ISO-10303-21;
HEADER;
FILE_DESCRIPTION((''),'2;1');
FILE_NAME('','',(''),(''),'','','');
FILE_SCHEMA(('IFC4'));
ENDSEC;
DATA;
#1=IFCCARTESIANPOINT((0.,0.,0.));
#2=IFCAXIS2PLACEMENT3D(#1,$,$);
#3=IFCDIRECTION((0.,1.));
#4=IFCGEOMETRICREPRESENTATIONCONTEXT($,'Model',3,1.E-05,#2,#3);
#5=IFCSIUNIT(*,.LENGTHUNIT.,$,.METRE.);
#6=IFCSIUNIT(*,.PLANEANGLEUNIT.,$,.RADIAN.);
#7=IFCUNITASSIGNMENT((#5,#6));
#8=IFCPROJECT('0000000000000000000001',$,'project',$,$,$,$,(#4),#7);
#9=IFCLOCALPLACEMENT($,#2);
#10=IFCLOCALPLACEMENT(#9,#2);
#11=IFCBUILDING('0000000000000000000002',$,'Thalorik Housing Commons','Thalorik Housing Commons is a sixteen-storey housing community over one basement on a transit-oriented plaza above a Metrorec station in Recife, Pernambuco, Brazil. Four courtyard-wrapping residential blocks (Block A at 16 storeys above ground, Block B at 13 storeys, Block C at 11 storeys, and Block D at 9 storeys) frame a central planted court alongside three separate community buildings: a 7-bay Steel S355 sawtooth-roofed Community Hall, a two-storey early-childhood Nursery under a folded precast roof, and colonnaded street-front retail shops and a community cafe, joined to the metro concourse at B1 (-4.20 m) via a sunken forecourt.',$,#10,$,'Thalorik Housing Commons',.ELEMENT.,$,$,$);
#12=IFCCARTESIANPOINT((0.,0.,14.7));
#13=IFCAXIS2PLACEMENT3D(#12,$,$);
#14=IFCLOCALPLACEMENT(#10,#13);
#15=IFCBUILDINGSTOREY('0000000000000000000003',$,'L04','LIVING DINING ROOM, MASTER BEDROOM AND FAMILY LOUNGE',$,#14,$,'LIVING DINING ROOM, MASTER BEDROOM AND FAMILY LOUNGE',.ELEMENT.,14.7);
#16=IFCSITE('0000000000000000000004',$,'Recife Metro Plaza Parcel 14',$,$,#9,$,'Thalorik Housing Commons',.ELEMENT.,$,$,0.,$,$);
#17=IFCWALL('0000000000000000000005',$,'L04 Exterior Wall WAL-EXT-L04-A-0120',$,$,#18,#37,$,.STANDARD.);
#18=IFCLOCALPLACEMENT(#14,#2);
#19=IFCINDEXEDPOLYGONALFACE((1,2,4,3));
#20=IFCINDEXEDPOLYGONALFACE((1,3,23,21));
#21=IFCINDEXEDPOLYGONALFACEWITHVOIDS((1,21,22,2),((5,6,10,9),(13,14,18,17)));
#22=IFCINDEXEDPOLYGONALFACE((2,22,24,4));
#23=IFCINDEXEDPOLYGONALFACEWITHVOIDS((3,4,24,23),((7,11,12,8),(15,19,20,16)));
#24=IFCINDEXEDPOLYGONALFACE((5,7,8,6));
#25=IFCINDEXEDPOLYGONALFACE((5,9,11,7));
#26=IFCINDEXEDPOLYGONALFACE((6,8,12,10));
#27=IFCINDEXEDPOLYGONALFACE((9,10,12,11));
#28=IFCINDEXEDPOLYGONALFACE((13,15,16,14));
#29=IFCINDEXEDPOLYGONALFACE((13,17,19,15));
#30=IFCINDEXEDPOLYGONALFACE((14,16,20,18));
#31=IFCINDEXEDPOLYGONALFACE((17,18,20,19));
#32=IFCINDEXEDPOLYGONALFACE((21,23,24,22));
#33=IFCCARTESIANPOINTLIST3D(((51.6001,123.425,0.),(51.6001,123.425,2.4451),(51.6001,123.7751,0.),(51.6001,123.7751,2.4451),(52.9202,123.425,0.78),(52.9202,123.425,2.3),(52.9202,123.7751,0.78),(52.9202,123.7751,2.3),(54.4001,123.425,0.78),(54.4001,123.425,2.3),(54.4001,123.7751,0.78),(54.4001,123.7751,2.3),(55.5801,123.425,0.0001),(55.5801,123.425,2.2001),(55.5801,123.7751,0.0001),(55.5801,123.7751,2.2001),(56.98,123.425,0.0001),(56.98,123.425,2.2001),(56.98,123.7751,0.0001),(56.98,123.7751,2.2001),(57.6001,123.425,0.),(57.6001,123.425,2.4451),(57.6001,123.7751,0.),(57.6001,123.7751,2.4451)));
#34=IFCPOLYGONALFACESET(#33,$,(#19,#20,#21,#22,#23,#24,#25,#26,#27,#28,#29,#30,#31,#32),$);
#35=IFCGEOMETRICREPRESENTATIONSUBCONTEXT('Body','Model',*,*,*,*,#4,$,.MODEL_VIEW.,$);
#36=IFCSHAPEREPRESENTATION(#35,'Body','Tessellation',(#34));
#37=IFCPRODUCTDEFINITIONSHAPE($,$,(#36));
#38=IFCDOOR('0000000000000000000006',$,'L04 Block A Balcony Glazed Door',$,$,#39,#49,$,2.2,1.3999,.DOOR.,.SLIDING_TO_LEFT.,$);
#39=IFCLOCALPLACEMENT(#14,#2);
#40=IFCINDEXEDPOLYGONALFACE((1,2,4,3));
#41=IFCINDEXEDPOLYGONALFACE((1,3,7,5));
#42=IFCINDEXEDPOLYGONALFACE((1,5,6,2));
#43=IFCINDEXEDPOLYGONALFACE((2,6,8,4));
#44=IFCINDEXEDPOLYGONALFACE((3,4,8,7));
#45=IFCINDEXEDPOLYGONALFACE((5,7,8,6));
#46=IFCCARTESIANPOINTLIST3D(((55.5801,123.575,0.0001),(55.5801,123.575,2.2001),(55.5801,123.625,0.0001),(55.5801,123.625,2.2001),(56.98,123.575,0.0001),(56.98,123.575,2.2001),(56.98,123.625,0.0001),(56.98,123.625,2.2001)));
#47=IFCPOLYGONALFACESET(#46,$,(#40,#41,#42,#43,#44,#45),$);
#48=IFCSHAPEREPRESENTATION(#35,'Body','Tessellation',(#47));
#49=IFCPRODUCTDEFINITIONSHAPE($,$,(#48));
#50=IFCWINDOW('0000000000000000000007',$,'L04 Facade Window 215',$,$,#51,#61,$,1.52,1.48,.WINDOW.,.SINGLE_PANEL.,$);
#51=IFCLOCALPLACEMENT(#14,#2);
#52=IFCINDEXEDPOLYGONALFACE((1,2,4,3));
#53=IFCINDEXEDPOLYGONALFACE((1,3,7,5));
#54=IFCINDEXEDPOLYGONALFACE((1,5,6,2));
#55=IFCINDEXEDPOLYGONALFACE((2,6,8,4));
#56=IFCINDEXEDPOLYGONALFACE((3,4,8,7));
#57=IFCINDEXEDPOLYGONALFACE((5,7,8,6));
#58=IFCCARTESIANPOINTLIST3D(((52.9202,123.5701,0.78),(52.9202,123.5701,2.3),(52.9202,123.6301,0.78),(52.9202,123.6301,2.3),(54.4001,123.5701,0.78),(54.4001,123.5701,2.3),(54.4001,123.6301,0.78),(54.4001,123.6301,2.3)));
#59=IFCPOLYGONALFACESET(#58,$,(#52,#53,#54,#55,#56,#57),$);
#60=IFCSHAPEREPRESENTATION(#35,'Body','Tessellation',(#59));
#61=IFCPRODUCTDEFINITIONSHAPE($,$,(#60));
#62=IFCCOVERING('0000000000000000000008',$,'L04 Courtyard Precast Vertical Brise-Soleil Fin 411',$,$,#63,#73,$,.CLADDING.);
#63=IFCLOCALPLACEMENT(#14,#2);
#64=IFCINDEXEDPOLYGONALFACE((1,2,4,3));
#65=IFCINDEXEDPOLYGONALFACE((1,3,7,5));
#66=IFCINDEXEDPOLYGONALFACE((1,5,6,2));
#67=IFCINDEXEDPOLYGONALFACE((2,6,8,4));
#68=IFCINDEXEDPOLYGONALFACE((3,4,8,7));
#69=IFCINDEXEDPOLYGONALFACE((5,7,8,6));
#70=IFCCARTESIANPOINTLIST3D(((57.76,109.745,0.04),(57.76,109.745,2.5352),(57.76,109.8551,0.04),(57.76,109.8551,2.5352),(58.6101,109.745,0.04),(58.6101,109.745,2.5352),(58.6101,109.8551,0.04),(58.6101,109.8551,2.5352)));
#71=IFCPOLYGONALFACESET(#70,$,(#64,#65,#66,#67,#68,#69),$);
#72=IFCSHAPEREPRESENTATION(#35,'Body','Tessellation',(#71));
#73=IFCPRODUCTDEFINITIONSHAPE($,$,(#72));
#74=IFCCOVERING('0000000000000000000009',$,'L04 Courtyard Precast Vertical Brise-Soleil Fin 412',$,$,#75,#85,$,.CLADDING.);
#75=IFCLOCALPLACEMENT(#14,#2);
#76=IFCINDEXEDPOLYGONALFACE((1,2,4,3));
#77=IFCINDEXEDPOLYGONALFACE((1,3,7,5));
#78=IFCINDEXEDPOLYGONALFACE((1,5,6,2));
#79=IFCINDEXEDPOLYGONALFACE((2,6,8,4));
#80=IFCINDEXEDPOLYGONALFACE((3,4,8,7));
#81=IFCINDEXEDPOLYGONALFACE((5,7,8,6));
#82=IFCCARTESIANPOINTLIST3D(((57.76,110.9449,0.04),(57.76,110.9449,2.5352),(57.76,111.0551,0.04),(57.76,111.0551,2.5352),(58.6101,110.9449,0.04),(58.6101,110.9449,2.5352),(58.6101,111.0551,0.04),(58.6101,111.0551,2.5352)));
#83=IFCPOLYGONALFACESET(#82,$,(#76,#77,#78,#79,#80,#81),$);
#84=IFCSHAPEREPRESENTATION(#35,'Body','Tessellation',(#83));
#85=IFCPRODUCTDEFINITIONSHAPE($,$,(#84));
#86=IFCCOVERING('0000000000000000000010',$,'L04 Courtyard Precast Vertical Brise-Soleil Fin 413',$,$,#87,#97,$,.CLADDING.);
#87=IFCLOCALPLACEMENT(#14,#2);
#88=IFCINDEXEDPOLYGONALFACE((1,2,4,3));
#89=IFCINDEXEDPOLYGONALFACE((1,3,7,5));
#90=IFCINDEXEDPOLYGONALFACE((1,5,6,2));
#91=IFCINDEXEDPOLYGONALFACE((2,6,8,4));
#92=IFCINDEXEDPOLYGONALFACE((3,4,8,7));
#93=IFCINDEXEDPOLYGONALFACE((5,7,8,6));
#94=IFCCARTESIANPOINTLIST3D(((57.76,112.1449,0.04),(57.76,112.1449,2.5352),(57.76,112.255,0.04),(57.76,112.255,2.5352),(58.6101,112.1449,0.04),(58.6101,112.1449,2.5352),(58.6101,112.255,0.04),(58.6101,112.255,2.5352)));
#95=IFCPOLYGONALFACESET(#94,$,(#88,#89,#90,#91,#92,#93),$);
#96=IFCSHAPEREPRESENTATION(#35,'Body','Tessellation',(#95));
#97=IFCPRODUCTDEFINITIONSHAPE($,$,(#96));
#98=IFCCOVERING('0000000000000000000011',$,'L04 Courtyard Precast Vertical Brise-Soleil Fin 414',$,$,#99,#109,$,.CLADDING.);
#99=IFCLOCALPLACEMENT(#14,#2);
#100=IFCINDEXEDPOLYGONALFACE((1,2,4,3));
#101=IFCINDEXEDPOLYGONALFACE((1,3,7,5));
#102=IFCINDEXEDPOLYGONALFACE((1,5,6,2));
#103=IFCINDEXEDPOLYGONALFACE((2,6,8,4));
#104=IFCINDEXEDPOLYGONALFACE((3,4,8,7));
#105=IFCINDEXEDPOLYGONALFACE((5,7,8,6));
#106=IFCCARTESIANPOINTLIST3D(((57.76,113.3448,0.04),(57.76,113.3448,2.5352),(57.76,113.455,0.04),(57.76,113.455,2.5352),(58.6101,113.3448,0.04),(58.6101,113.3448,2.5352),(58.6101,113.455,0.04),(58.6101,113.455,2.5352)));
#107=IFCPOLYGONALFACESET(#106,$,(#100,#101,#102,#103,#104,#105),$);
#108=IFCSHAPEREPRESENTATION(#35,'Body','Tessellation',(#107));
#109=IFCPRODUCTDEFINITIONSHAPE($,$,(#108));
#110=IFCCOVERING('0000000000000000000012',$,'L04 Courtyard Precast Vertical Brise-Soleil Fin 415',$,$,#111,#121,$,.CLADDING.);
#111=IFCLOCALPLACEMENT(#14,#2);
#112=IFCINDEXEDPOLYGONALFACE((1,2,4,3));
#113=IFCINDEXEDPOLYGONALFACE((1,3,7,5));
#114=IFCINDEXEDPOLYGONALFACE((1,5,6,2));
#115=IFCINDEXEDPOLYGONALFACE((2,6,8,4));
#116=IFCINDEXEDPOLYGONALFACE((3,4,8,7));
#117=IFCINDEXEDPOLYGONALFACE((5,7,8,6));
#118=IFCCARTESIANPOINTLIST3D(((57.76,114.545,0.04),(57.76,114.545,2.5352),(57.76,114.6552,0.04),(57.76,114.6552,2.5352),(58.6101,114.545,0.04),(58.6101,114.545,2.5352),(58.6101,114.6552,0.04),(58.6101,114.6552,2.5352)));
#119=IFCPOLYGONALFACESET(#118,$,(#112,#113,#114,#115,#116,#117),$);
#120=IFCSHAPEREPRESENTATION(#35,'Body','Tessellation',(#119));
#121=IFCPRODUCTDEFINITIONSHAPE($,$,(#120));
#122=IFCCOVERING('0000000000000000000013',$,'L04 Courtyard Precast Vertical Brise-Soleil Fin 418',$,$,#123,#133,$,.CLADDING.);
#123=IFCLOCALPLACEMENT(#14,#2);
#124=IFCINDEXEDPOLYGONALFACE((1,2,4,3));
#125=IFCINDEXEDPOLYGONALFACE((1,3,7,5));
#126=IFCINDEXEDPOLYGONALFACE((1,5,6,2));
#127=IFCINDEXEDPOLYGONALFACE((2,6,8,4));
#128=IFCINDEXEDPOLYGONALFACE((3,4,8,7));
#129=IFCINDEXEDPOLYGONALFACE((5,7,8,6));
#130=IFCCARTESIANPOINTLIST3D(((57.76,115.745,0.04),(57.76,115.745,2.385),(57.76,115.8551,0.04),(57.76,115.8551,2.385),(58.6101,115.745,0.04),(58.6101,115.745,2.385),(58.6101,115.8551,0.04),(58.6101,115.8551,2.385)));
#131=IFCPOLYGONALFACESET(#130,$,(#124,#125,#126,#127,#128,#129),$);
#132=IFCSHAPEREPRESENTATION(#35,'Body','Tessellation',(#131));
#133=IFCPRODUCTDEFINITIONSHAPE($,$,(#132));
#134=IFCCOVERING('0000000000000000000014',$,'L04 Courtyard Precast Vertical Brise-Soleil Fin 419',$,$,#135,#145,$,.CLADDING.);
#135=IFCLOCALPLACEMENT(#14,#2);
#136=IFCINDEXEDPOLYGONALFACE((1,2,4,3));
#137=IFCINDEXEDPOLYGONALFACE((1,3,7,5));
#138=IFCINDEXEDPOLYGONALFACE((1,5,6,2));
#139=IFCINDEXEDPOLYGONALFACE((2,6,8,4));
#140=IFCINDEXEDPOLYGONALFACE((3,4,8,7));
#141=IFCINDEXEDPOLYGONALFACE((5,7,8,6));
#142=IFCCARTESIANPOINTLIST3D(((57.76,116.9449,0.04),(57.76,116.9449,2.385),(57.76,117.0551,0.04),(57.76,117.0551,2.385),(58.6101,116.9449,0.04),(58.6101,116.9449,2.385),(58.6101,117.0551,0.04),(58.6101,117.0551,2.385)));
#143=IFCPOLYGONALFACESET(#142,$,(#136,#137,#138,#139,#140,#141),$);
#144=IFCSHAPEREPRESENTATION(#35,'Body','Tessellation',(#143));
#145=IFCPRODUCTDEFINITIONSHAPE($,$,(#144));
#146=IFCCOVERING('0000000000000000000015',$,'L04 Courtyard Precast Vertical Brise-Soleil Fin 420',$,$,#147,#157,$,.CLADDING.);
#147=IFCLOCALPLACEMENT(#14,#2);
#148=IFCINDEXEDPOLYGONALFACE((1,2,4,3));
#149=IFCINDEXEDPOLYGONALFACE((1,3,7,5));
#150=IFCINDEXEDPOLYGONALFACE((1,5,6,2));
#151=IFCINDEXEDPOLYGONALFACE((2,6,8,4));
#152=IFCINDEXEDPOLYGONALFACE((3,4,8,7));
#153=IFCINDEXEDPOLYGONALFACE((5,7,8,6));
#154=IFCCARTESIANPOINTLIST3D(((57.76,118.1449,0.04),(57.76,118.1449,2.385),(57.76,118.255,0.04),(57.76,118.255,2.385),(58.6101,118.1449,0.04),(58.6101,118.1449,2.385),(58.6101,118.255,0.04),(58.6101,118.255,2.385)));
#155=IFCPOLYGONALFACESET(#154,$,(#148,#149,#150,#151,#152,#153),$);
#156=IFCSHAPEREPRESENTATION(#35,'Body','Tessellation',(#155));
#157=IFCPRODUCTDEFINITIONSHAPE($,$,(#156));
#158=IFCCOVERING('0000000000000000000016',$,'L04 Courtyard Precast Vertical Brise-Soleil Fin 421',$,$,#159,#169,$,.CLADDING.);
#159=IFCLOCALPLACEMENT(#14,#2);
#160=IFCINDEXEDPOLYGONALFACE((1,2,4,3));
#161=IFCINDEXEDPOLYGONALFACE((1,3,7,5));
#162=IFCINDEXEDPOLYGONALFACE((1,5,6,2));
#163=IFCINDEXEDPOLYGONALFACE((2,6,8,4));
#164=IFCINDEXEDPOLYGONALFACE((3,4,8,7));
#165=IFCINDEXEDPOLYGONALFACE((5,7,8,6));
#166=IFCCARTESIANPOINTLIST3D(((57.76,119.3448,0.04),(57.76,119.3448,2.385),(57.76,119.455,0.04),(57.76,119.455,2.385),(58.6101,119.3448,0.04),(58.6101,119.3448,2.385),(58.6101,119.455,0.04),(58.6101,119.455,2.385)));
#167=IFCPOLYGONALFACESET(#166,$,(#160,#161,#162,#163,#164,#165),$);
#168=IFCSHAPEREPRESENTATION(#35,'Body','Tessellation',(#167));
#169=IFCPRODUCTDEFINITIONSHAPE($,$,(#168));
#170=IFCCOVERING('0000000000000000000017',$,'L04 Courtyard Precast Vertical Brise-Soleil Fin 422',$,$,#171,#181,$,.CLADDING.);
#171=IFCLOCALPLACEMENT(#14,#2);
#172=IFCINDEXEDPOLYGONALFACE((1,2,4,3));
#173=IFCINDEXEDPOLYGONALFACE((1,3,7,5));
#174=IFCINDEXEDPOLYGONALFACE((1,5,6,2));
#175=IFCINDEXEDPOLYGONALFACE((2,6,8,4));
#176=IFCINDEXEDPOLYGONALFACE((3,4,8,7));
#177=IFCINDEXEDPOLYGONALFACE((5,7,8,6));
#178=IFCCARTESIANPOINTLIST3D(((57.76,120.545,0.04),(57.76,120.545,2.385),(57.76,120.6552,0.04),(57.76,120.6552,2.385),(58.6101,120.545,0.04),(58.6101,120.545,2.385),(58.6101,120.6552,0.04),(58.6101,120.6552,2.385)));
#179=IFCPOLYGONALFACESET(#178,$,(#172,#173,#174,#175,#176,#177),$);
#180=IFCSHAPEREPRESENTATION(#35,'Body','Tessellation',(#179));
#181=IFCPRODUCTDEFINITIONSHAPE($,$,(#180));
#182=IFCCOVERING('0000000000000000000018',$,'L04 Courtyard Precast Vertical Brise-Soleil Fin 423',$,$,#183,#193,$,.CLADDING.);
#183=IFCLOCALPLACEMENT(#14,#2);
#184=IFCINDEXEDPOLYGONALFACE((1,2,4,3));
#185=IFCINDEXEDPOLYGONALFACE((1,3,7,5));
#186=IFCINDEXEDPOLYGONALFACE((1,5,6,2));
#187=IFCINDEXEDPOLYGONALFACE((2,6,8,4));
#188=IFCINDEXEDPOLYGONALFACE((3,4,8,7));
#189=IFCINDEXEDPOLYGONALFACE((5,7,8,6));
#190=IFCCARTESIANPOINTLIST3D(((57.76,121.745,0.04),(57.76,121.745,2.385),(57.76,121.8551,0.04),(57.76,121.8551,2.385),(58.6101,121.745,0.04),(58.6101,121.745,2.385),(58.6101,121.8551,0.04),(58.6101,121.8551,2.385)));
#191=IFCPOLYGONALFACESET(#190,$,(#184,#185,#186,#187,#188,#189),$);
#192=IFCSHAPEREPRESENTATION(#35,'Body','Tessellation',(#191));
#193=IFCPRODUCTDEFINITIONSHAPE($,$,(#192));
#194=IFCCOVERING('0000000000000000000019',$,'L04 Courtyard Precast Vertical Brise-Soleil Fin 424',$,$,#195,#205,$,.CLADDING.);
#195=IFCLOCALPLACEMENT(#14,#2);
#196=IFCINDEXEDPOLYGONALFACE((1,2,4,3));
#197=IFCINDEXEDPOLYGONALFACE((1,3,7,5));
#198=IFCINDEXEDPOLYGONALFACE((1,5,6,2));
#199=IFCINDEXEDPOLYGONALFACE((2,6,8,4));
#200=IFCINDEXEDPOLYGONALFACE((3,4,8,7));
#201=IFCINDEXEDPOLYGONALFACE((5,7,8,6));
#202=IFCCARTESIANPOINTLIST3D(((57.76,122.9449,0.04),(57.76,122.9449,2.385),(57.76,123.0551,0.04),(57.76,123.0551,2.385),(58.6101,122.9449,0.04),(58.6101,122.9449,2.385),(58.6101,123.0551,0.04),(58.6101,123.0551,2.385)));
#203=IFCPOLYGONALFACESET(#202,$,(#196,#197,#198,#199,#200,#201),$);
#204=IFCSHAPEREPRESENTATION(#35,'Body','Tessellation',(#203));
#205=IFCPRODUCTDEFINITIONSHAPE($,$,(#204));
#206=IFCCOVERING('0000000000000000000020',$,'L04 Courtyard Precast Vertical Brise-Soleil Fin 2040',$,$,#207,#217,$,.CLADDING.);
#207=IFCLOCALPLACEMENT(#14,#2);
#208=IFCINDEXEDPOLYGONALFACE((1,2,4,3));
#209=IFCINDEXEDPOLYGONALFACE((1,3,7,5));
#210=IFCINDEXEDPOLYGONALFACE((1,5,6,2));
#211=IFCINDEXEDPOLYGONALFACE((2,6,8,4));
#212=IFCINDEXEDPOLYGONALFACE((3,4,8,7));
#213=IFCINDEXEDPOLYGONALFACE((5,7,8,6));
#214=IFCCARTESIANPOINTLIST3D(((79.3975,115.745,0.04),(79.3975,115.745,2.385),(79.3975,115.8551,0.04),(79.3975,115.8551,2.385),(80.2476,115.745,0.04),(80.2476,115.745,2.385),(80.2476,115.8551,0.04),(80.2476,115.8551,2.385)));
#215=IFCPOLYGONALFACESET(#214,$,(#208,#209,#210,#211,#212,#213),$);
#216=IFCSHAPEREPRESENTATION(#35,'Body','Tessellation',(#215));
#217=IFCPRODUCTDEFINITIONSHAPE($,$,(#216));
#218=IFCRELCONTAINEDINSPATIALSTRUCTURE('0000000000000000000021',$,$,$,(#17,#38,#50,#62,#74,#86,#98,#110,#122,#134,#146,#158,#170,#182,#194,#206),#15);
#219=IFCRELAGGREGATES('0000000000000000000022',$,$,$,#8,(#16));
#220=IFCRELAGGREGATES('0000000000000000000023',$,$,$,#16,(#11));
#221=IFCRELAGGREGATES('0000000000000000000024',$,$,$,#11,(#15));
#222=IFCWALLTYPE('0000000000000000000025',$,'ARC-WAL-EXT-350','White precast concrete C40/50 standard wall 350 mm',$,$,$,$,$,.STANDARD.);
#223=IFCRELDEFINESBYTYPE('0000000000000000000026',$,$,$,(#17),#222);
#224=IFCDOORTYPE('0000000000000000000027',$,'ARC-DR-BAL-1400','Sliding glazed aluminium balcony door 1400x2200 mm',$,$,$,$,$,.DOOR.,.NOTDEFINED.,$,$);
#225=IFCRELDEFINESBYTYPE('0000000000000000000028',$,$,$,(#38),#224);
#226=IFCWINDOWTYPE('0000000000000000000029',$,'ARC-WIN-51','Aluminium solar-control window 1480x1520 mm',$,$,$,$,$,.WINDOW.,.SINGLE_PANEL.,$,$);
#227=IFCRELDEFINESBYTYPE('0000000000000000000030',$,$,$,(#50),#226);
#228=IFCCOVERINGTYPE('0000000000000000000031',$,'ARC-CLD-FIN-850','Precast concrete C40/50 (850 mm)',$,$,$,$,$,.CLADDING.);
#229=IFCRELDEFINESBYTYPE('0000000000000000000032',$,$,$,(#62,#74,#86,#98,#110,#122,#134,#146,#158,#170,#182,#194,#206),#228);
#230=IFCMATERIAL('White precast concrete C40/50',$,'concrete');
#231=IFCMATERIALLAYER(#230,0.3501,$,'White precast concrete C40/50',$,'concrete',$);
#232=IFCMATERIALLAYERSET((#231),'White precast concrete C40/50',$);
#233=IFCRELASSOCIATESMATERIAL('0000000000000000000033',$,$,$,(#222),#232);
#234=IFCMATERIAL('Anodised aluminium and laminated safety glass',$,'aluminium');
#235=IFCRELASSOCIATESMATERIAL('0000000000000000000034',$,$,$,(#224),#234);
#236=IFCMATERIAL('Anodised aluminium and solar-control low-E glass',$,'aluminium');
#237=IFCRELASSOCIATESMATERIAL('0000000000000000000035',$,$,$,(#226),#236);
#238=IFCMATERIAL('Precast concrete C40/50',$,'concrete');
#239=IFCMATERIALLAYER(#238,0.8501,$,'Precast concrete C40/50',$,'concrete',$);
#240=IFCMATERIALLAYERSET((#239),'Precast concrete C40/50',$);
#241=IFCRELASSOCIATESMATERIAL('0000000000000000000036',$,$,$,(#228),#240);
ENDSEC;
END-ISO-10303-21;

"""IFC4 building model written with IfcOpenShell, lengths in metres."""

from ifc_helpers import new_model, si_unit, direction, frame, frame_2d, origin, origin_2d, place, context, subcontext, project, spatial, rectangle, extrude, material, layer, layer_set, type_object, element, fill, save


model = new_model("IFC4")

# Units and contexts
model_context = context("Model", 3, precision=1e-05, world=origin(), true_north=direction((0.0, 1.0)))
body_context = subcontext(model_context, "Body", "Model", "MODEL_VIEW")
ifc_project = project(units=[si_unit("LENGTHUNIT", "METRE"), si_unit("PLANEANGLEUNIT", "RADIAN")], contexts=[model_context])

# Site, building, storey
site_placement = place(None, origin())
site = spatial("IfcSite", under=ifc_project, at=site_placement, Name="Recife Metro Plaza Parcel 14", LongName="Thalorik Housing Commons", CompositionType="ELEMENT", RefElevation=0.0)
building_placement = place(site_placement, origin())
building = spatial("IfcBuilding", under=site, at=building_placement, Name="Thalorik Housing Commons", Description="Thalorik Housing Commons is a sixteen-storey housing community over one basement on a transit-oriented plaza above a Metrorec station in Recife, Pernambuco, Brazil. Four courtyard-wrapping residential blocks (Block A at 16 storeys above ground, Block B at 13 storeys, Block C at 11 storeys, and Block D at 9 storeys) frame a central planted court alongside three separate community buildings: a 7-bay Steel S355 sawtooth-roofed Community Hall, a two-storey early-childhood Nursery under a folded precast roof, and colonnaded street-front retail shops and a community cafe, joined to the metro concourse at B1 (-4.20 m) via a sunken forecourt.", LongName="Thalorik Housing Commons", CompositionType="ELEMENT")
storey_placement = place(building_placement, frame((0.0, 0.0, 14.7)))
storey = spatial("IfcBuildingStorey", under=building, at=storey_placement, Name="L04", Description="LIVING DINING ROOM, MASTER BEDROOM AND FAMILY LOUNGE", LongName="LIVING DINING ROOM, MASTER BEDROOM AND FAMILY LOUNGE", CompositionType="ELEMENT", Elevation=14.7)

# Shared definitions
ifc_material_1 = material(Name="White precast concrete C40/50", Category="concrete")
ifc_layer_1 = layer(ifc_material_1, 0.3501, Name="White precast concrete C40/50", Category="concrete")
ifc_layer_set_1 = layer_set([ifc_layer_1], Name="White precast concrete C40/50")
wall_type = type_object("IfcWallType", Name="ARC-WAL-EXT-350", Description="White precast concrete C40/50 standard wall 350 mm", PredefinedType="STANDARD", material=ifc_layer_set_1)
ifc_material_2 = material(Name="Anodised aluminium and solar-control low-E glass", Category="aluminium")

# Wall, openings, door, window
wall_1_placement = place(storey_placement, frame((57.6001, 123.6001, 0.0), z_axis=(0.0, 0.0, 1.0), x_axis=(-1.0, 0.0, 0.0)))
wall_1 = element("IfcWall", 1, at=wall_1_placement, inside=storey, type_object=wall_type, Name="L04 Exterior Wall WAL-EXT-L04-A-0120", PredefinedType="STANDARD", context=body_context, shape_type="SweptSolid", body=[
    extrude(rectangle(XDim=6.0, YDim=0.3501, at=frame_2d((3.0, 0.0))), origin(), (0.0, 0.0, 1.0), 2.4451),
])
opening_1_placement = place(wall_1_placement, frame((0.6201, 0.0, 0.0)))
opening_1 = element("IfcOpeningElement", 2, at=opening_1_placement, cuts=wall_1, PredefinedType="OPENING", context=body_context, shape_type="SweptSolid", body=[
    extrude(rectangle(XDim=1.3999, YDim=2.2, at=frame_2d((0.7, 1.1001))), frame((0.0, 0.1851, 0.0), z_axis=(0.0, -1.0, 0.0), x_axis=(1.0, 0.0, 0.0)), (0.0, 0.0, 1.0), 0.3701),
])
opening_2_placement = place(wall_1_placement, frame((3.2, 0.0, 0.78)))
opening_2 = element("IfcOpeningElement", 3, at=opening_2_placement, cuts=wall_1, PredefinedType="OPENING", context=body_context, shape_type="SweptSolid", body=[
    extrude(rectangle(XDim=1.48, YDim=1.52, at=frame_2d((0.74, 0.76))), frame((0.0, 0.1851, 0.0), z_axis=(0.0, -1.0, 0.0), x_axis=(1.0, 0.0, 0.0)), (0.0, 0.0, 1.0), 0.3701),
])
ifc_material_3 = material(Name="Anodised aluminium and laminated safety glass", Category="aluminium")
door_type = type_object("IfcDoorType", Name="ARC-DR-BAL-1400", Description="Sliding glazed aluminium balcony door 1400x2200 mm", OperationType="NOTDEFINED", PredefinedType="DOOR", material=ifc_material_3)
door_placement = place(opening_1_placement, frame((1.3999, 0.0, 0.0), z_axis=(0.0, 0.0, 1.0), x_axis=(-1.0, 0.0, 0.0)))
door = element("IfcDoor", 4, at=door_placement, inside=storey, type_object=door_type, Name="L04 Block A Balcony Glazed Door", OperationType="SLIDING_TO_LEFT", OverallHeight=2.2, OverallWidth=1.3999, PredefinedType="DOOR", context=body_context, shape_type="SweptSolid", body=[
    extrude(rectangle(XDim=1.3999, YDim=2.2, at=frame_2d((0.7, 1.1001))), frame((0.0, 0.0249, 0.0), z_axis=(0.0, -1.0, 0.0), x_axis=(1.0, 0.0, 0.0)), (0.0, 0.0, 1.0), 0.05),
])
fill(opening_1, door)
window_type_1 = type_object("IfcWindowType", Name="ARC-WIN-51", Description="Aluminium solar-control window 1480x1520 mm", PartitioningType="SINGLE_PANEL", PredefinedType="WINDOW", material=ifc_material_2)
window_1_placement = place(opening_2_placement, origin())
window_1 = element("IfcWindow", 5, at=window_1_placement, inside=storey, type_object=window_type_1, Name="L04 Facade Window 215", OverallHeight=1.52, OverallWidth=1.48, PartitioningType="SINGLE_PANEL", PredefinedType="WINDOW", context=body_context, shape_type="SweptSolid", body=[
    extrude(rectangle(XDim=1.48, YDim=1.52, at=frame_2d((0.74, 0.76))), frame((0.0, 0.03, 0.0), z_axis=(0.0, -1.0, 0.0), x_axis=(1.0, 0.0, 0.0)), (0.0, 0.0, 1.0), 0.0601),
])
fill(opening_2, window_1)

# Coverings
ifc_material_4 = material(Name="Precast concrete C40/50", Category="concrete")
ifc_layer_2 = layer(ifc_material_4, 0.8501, Name="Precast concrete C40/50", Category="concrete")
ifc_layer_set_2 = layer_set([ifc_layer_2], Name="Precast concrete C40/50")
covering_type_1 = type_object("IfcCoveringType", Name="ARC-CLD-FIN-850", Description="Precast concrete C40/50 (850 mm)", PredefinedType="CLADDING", material=ifc_layer_set_2)
for number, where, z_axis, x_axis, name in (
    (6, (58.1851, 109.8, 0.04), (0.0, 0.0, 1.0), (0.0, 1.0, 0.0), "L04 Courtyard Precast Vertical Brise-Soleil Fin 411"),
    (7, (58.1851, 111.0, 0.04), (0.0, 0.0, 1.0), (0.0, 1.0, 0.0), "L04 Courtyard Precast Vertical Brise-Soleil Fin 412"),
    (8, (58.1851, 112.2, 0.04), (0.0, 0.0, 1.0), (0.0, 1.0, 0.0), "L04 Courtyard Precast Vertical Brise-Soleil Fin 413"),
    (9, (58.1851, 113.3999, 0.04), (0.0, 0.0, 1.0), (0.0, 1.0, 0.0), "L04 Courtyard Precast Vertical Brise-Soleil Fin 414"),
    (10, (58.1851, 114.6001, 0.04), (0.0, 0.0, 1.0), (0.0, 1.0, 0.0), "L04 Courtyard Precast Vertical Brise-Soleil Fin 415"),
):
    element("IfcCovering", number, at=place(storey_placement, frame(where, z_axis=z_axis, x_axis=x_axis)), inside=storey, type_object=covering_type_1, Name=name, PredefinedType="CLADDING", context=body_context, shape_type="SweptSolid", body=[
        extrude(rectangle(XDim=0.1101, YDim=0.8501, at=origin_2d()), origin(), (0.0, 0.0, 1.0), 2.4951),
    ])
for number, where, z_axis, x_axis, name in (
    (11, (58.1851, 115.8, 0.04), (0.0, 0.0, 1.0), (0.0, 1.0, 0.0), "L04 Courtyard Precast Vertical Brise-Soleil Fin 418"),
    (12, (58.1851, 117.0, 0.04), (0.0, 0.0, 1.0), (0.0, 1.0, 0.0), "L04 Courtyard Precast Vertical Brise-Soleil Fin 419"),
    (13, (58.1851, 118.2, 0.04), (0.0, 0.0, 1.0), (0.0, 1.0, 0.0), "L04 Courtyard Precast Vertical Brise-Soleil Fin 420"),
    (14, (58.1851, 119.3999, 0.04), (0.0, 0.0, 1.0), (0.0, 1.0, 0.0), "L04 Courtyard Precast Vertical Brise-Soleil Fin 421"),
    (15, (58.1851, 120.6001, 0.04), (0.0, 0.0, 1.0), (0.0, 1.0, 0.0), "L04 Courtyard Precast Vertical Brise-Soleil Fin 422"),
    (16, (58.1851, 121.8, 0.04), (0.0, 0.0, 1.0), (0.0, 1.0, 0.0), "L04 Courtyard Precast Vertical Brise-Soleil Fin 423"),
    (17, (58.1851, 123.0, 0.04), (0.0, 0.0, 1.0), (0.0, 1.0, 0.0), "L04 Courtyard Precast Vertical Brise-Soleil Fin 424"),
    (18, (79.8225, 115.8, 0.04), (0.0, 0.0, 1.0), (0.0, -1.0, 0.0), "L04 Courtyard Precast Vertical Brise-Soleil Fin 2040"),
):
    element("IfcCovering", number, at=place(storey_placement, frame(where, z_axis=z_axis, x_axis=x_axis)), inside=storey, type_object=covering_type_1, Name=name, PredefinedType="CLADDING", context=body_context, shape_type="SweptSolid", body=[
        extrude(rectangle(XDim=0.1101, YDim=0.8501, at=origin_2d()), origin(), (0.0, 0.0, 1.0), 2.345),
    ])

save(model, "model.ifc")
